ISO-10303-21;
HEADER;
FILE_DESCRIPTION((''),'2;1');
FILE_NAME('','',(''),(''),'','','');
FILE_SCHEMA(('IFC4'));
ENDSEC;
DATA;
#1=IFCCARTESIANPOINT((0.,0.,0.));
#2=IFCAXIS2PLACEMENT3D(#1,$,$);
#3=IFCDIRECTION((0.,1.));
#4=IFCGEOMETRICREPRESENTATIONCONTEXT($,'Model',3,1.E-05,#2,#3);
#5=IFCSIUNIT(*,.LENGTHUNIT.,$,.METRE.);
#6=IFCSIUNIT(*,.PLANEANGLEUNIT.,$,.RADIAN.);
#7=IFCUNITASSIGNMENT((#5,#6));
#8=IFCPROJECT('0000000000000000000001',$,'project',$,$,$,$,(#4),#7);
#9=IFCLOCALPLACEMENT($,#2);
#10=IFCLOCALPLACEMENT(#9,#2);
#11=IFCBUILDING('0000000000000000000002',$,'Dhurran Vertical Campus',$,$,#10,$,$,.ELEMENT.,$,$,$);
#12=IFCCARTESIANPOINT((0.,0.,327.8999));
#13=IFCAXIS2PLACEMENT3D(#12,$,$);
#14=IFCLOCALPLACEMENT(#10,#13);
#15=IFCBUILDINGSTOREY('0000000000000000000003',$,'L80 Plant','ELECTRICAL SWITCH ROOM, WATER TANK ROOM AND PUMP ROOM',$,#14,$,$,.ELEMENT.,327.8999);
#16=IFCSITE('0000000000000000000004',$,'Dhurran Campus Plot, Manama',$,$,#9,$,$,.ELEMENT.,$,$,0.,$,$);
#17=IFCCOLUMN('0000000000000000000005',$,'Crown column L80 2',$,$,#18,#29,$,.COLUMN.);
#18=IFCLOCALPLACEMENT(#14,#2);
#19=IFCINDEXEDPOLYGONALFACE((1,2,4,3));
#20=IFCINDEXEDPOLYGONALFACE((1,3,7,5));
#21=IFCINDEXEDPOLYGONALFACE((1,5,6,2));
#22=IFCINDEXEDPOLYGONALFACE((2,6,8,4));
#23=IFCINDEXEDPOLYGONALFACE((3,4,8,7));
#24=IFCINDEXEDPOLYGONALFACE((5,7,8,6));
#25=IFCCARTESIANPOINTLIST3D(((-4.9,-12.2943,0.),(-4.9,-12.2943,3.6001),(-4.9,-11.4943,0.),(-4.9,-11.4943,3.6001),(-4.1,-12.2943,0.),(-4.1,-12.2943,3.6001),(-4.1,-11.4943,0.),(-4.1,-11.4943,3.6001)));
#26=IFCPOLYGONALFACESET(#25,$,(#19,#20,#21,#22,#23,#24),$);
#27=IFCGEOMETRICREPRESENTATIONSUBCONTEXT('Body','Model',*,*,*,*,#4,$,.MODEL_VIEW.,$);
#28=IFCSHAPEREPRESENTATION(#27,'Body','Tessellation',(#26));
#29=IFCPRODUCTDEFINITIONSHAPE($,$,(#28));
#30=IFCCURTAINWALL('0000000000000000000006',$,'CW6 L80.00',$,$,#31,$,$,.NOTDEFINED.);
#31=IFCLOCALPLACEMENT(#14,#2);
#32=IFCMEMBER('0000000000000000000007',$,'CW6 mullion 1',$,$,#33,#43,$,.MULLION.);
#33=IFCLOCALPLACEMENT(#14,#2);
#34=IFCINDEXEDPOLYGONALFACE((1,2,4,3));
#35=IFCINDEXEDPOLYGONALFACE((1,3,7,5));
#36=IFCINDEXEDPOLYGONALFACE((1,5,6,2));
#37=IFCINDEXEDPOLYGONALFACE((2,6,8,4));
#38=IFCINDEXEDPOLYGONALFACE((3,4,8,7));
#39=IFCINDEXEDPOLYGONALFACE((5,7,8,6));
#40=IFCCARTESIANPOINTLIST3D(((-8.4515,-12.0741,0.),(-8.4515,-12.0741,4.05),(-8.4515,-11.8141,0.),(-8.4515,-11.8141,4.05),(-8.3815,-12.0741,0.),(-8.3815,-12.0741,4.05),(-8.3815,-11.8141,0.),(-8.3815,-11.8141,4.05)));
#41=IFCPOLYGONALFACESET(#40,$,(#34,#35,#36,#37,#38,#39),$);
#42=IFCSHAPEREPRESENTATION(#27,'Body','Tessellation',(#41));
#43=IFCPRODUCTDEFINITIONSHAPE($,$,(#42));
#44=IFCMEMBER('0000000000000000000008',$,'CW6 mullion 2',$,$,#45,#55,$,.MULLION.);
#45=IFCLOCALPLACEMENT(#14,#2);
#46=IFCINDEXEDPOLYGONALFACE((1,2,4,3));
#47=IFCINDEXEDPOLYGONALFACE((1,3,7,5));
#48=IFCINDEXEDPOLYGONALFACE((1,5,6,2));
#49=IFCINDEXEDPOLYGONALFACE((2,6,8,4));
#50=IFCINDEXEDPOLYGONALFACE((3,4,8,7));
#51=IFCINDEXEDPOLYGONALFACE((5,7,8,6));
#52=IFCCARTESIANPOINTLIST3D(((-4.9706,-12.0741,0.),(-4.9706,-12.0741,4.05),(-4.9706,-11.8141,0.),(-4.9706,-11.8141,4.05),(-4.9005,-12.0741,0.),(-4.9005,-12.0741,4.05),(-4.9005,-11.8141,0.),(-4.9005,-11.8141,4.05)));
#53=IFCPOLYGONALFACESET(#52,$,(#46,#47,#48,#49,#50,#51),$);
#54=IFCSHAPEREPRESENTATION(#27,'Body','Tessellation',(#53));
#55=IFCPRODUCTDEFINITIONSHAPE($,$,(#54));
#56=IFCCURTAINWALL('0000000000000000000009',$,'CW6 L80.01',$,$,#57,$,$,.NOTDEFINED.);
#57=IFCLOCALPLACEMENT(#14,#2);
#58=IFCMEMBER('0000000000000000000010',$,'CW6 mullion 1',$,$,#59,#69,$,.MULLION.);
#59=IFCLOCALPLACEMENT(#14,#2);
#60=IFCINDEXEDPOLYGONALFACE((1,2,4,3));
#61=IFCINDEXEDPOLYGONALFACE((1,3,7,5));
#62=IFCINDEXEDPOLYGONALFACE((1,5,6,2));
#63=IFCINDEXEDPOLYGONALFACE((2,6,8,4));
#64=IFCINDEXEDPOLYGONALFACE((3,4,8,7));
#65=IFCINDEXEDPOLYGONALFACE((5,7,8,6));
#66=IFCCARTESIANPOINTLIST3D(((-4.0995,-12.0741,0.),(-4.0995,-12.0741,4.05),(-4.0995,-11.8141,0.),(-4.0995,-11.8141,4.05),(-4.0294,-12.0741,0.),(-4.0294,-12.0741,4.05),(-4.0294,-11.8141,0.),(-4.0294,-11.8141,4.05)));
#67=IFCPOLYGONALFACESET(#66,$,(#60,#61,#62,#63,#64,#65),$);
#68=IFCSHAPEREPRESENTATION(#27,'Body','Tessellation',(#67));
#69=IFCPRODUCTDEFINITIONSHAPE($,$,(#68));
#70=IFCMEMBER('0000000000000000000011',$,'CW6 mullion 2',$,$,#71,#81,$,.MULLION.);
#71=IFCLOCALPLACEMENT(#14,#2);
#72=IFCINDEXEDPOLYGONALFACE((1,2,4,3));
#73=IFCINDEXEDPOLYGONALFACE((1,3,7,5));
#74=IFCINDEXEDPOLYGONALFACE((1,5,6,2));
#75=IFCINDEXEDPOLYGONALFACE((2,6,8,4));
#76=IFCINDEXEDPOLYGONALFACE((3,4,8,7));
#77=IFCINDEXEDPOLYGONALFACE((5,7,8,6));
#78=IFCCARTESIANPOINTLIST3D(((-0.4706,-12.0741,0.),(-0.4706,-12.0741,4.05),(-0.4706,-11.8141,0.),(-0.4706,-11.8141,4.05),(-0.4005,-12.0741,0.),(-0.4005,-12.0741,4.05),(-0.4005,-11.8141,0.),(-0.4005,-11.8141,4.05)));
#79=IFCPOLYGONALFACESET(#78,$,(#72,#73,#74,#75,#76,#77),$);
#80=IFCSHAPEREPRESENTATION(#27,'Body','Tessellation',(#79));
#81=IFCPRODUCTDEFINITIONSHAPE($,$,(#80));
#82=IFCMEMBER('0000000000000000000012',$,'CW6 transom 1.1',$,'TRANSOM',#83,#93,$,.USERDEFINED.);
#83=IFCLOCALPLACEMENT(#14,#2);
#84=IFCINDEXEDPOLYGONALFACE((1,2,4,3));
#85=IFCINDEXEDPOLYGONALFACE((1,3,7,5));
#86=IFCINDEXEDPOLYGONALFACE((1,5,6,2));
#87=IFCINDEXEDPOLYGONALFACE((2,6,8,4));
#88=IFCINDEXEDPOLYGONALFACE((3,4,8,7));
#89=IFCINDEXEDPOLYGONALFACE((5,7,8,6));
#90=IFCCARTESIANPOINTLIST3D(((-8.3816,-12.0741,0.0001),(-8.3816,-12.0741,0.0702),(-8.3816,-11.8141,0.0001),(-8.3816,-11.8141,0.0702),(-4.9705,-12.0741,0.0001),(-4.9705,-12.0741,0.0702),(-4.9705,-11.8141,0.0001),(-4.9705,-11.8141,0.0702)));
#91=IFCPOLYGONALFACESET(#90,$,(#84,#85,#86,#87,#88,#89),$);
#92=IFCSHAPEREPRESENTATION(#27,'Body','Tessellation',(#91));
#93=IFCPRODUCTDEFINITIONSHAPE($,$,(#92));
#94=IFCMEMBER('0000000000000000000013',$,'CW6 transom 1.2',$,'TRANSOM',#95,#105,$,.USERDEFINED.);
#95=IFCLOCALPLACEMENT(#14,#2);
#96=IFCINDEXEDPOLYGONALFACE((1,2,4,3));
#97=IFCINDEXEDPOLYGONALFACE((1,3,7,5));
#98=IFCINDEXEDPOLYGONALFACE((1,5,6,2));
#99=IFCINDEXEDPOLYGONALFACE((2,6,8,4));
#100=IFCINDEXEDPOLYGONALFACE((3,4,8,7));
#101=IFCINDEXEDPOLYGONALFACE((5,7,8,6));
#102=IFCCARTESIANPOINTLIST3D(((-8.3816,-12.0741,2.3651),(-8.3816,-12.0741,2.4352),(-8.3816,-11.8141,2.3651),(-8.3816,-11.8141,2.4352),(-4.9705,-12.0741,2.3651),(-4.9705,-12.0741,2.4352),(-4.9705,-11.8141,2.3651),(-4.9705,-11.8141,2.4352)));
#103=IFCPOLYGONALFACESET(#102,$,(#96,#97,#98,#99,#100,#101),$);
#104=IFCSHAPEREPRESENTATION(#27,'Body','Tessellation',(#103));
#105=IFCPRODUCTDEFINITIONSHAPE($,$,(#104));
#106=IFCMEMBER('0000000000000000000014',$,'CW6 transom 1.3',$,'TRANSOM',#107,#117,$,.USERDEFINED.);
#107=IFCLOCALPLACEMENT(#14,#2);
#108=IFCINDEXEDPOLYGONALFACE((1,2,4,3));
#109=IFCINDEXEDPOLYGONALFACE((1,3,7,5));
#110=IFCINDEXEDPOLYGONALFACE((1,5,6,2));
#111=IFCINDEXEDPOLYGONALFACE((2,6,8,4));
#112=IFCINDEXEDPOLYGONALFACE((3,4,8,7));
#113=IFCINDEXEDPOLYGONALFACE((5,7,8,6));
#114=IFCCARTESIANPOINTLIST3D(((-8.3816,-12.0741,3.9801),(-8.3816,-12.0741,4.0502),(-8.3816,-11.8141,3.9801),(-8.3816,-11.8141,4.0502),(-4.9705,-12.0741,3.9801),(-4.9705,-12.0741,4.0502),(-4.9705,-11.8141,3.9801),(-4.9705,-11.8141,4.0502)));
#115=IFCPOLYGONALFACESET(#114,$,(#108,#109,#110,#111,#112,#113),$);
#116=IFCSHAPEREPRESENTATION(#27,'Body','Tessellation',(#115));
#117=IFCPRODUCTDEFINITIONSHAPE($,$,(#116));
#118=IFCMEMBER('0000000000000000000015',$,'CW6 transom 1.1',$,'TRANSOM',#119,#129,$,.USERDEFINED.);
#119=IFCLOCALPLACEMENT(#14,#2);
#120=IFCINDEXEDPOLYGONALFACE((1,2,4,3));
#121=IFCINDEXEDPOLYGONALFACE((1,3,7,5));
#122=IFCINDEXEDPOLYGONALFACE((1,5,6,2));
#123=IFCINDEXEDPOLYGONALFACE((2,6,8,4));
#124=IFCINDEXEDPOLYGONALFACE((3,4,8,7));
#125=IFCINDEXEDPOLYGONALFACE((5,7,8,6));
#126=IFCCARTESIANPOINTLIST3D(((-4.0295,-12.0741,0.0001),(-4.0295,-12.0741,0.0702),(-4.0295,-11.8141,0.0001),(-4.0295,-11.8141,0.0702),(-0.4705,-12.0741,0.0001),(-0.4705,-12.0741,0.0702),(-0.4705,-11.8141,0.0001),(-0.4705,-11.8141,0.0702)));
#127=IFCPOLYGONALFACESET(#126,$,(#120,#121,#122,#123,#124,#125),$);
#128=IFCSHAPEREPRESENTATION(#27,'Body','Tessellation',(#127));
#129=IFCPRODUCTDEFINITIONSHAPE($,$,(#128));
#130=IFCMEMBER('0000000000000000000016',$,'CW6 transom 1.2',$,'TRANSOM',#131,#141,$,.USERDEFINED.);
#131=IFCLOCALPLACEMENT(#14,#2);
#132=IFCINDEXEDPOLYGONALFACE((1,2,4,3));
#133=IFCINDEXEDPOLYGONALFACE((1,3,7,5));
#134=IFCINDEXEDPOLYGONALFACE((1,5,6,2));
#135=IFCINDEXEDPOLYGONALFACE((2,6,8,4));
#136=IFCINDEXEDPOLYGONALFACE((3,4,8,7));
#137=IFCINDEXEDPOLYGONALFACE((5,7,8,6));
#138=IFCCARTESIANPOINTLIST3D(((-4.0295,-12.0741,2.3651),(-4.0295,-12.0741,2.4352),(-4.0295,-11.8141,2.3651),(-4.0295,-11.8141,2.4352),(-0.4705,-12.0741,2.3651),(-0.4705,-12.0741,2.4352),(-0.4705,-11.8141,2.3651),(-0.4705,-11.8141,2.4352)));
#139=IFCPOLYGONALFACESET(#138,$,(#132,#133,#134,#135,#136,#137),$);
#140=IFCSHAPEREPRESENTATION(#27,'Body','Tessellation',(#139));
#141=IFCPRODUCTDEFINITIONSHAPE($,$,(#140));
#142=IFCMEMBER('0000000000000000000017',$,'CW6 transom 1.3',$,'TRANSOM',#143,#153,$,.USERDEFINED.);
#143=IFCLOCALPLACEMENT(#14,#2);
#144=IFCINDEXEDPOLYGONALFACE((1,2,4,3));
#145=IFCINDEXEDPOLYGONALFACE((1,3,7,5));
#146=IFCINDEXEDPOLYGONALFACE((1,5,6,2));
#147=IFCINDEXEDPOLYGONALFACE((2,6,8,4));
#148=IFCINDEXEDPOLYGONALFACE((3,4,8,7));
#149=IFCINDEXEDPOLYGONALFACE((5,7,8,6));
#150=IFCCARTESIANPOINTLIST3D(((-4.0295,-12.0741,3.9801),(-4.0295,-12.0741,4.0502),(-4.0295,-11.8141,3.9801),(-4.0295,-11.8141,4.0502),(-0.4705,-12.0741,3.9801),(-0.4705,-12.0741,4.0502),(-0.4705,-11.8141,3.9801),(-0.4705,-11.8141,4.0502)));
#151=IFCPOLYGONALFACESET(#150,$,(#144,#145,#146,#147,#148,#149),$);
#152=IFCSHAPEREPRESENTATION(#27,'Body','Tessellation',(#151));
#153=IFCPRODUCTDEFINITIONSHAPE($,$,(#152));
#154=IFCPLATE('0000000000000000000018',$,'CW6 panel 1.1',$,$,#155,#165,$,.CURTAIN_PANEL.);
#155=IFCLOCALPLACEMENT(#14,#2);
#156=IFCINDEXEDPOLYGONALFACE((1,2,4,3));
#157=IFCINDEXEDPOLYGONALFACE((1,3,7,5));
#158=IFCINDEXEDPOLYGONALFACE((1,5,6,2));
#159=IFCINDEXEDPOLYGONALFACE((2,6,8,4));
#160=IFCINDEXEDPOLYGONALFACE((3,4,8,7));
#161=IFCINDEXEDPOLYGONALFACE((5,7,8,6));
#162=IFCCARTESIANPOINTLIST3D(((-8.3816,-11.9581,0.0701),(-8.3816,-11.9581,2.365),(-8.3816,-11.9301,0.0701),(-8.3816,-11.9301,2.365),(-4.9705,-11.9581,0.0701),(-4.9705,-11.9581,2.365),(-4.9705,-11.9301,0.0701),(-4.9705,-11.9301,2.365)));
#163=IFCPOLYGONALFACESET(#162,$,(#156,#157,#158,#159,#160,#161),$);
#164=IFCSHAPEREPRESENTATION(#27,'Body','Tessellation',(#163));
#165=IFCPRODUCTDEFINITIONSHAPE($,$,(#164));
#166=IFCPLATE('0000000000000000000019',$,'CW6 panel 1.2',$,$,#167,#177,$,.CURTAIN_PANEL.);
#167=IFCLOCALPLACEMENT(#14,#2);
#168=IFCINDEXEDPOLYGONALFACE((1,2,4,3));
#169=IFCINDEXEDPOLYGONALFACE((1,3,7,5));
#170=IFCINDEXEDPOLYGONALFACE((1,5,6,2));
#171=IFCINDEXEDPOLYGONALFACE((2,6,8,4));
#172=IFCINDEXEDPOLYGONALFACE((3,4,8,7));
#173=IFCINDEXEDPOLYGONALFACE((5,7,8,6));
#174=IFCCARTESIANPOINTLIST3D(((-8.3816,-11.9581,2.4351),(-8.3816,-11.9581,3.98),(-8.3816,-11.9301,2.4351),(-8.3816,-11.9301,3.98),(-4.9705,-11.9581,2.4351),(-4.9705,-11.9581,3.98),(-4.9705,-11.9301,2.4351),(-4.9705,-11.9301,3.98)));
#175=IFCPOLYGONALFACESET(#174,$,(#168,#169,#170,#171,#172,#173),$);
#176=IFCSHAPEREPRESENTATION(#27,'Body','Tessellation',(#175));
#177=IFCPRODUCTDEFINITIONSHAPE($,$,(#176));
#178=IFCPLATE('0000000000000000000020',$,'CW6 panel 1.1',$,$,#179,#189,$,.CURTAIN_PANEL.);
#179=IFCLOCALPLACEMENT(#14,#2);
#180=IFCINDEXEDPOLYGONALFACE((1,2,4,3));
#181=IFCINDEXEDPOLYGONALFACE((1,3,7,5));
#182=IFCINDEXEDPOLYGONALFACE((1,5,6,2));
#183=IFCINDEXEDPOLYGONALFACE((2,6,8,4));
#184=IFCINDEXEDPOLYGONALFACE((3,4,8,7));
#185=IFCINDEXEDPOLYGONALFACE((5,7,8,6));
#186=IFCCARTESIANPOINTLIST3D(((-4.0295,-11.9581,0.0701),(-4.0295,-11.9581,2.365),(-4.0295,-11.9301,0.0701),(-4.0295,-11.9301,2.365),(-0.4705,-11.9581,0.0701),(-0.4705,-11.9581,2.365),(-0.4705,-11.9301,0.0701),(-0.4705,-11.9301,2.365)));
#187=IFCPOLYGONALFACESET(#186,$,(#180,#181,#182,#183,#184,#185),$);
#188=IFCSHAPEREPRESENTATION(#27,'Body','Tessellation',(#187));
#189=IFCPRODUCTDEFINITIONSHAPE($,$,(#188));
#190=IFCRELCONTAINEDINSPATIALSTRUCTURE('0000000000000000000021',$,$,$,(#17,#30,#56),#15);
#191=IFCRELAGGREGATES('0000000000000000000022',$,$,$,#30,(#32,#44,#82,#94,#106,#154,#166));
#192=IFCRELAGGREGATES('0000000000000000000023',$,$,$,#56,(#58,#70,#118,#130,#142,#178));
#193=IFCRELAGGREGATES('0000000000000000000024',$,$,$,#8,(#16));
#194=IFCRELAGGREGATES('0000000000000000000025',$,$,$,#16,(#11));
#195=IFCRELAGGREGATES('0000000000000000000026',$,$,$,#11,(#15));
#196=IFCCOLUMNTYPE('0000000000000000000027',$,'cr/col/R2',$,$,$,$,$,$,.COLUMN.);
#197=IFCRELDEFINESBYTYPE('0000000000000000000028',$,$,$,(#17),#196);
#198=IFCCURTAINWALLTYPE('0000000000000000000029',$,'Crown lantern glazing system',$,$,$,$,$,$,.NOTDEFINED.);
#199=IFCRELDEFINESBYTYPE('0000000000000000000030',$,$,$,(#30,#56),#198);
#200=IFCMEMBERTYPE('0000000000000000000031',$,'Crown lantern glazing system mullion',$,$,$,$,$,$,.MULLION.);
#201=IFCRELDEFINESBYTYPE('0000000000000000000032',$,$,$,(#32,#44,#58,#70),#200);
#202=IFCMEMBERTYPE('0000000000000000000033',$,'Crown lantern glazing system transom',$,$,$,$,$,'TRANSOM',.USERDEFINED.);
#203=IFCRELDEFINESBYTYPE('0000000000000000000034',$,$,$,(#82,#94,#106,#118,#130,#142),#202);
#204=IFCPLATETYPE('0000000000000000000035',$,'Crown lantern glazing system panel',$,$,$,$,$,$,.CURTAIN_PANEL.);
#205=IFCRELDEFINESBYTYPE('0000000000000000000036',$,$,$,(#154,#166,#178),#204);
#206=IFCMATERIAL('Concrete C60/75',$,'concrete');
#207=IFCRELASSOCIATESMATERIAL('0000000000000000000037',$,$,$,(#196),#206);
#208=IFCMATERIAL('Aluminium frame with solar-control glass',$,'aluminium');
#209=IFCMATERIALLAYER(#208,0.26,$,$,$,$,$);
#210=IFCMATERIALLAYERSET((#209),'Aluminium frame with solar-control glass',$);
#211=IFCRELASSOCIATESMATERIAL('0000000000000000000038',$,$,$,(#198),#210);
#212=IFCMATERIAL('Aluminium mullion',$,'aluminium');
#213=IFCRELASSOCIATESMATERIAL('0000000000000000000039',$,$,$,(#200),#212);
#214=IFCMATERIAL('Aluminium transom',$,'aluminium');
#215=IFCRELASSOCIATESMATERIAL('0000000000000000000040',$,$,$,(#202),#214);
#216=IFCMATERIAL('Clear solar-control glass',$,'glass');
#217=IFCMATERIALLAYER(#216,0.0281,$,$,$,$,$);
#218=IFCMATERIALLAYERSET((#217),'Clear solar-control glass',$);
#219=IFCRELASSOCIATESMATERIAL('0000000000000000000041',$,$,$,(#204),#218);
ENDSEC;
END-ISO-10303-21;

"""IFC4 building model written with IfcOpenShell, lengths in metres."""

from ifc_helpers import new_model, si_unit, direction, frame, origin, origin_2d, place, context, subcontext, project, spatial, rectangle, extrude, material, layer, layer_set, material_profile, profile_set, type_object, element, aggregate, save


model = new_model("IFC4")

# Units and contexts
model_context = context("Model", 3, precision=1e-05, world=origin(), true_north=direction((0.0, 1.0)))
body_context = subcontext(model_context, "Body", "Model", "MODEL_VIEW")
ifc_project = project(units=[si_unit("LENGTHUNIT", "METRE"), si_unit("PLANEANGLEUNIT", "RADIAN")], contexts=[model_context])

# Site, building, storey
site_placement = place(None, origin())
site = spatial("IfcSite", under=ifc_project, at=site_placement, Name="Dhurran Campus Plot, Manama", CompositionType="ELEMENT", RefElevation=0.0)
building_placement = place(site_placement, origin())
building = spatial("IfcBuilding", under=site, at=building_placement, Name="Dhurran Vertical Campus", CompositionType="ELEMENT")
storey_placement = place(building_placement, frame((0.0, 0.0, 327.8999)))
storey = spatial("IfcBuildingStorey", under=building, at=storey_placement, Name="L80 Plant", Description="ELECTRICAL SWITCH ROOM, WATER TANK ROOM AND PUMP ROOM", CompositionType="ELEMENT", Elevation=327.8999)

# Column
ifc_material_1 = material(Name="Concrete C60/75", Category="concrete")
ifc_material_profile_1 = material_profile(ifc_material_1, rectangle(XDim=0.8, YDim=0.8, at=origin_2d()), Name="cr/col/R2")
ifc_profile_set_1 = profile_set([ifc_material_profile_1], Name="Concrete C60/75")
column_type = type_object("IfcColumnType", Name="cr/col/R2", PredefinedType="COLUMN", material=ifc_profile_set_1)
column_placement = place(storey_placement, frame((-4.5, -11.8943, 0.0), z_axis=(0.0, 0.0, 1.0), x_axis=(1.0, 0.0, 0.0)))
element("IfcColumn", 1, at=column_placement, inside=storey, type_object=column_type, Name="Crown column L80 2", PredefinedType="COLUMN", context=body_context, shape_type="SweptSolid", body=[
    extrude(rectangle(XDim=0.8, YDim=0.8, at=origin_2d()), origin(), (0.0, 0.0, 1.0), 3.6001),
])

# Curtain walls, members
ifc_material_2 = material(Name="Aluminium frame with solar-control glass", Category="aluminium")
ifc_layer_1 = layer(ifc_material_2, 0.26)
ifc_layer_set_1 = layer_set([ifc_layer_1], Name="Aluminium frame with solar-control glass")
curtain_wall_type = type_object("IfcCurtainWallType", Name="Crown lantern glazing system", PredefinedType="NOTDEFINED", material=ifc_layer_set_1)
curtain_wall_1_placement = place(storey_placement, origin())
curtain_wall_1 = element("IfcCurtainWall", 2, at=curtain_wall_1_placement, inside=storey, type_object=curtain_wall_type, Name="CW6 L80.00", PredefinedType="NOTDEFINED")
ifc_material_3 = material(Name="Aluminium mullion", Category="aluminium")
ifc_material_profile_2 = material_profile(ifc_material_3, rectangle(XDim=0.26, YDim=0.0701, at=origin_2d()), Name="Crown lantern glazing system mullion")
ifc_profile_set_2 = profile_set([ifc_material_profile_2], Name="Aluminium mullion")
member_type_1 = type_object("IfcMemberType", Name="Crown lantern glazing system mullion", PredefinedType="MULLION", material=ifc_profile_set_2)
member_1_placement = place(storey_placement, frame((-8.4165, -11.9441, 0.0), z_axis=(0.0, 0.0, 1.0), x_axis=(0.0, 1.0, 0.0)))
member_1 = element("IfcMember", 3, at=member_1_placement, type_object=member_type_1, Name="CW6 mullion 1", PredefinedType="MULLION", context=body_context, shape_type="SweptSolid", body=[
    extrude(rectangle(XDim=0.26, YDim=0.0701, at=origin_2d()), origin(), (0.0, 0.0, 1.0), 4.05),
])
member_2_placement = place(storey_placement, frame((-4.9355, -11.9441, 0.0), z_axis=(0.0, 0.0, 1.0), x_axis=(0.0, 1.0, 0.0)))
member_2 = element("IfcMember", 4, at=member_2_placement, type_object=member_type_1, Name="CW6 mullion 2", PredefinedType="MULLION", context=body_context, shape_type="SweptSolid", body=[
    extrude(rectangle(XDim=0.26, YDim=0.0701, at=origin_2d()), origin(), (0.0, 0.0, 1.0), 4.05),
])
curtain_wall_2_placement = place(storey_placement, origin())
curtain_wall_2 = element("IfcCurtainWall", 5, at=curtain_wall_2_placement, inside=storey, type_object=curtain_wall_type, Name="CW6 L80.01", PredefinedType="NOTDEFINED")
member_3_placement = place(storey_placement, frame((-4.0645, -11.9441, 0.0), z_axis=(0.0, 0.0, 1.0), x_axis=(0.0, 1.0, 0.0)))
member_3 = element("IfcMember", 6, at=member_3_placement, type_object=member_type_1, Name="CW6 mullion 1", PredefinedType="MULLION", context=body_context, shape_type="SweptSolid", body=[
    extrude(rectangle(XDim=0.26, YDim=0.0701, at=origin_2d()), origin(), (0.0, 0.0, 1.0), 4.05),
])
member_4_placement = place(storey_placement, frame((-0.4355, -11.9441, 0.0), z_axis=(0.0, 0.0, 1.0), x_axis=(0.0, 1.0, 0.0)))
member_4 = element("IfcMember", 7, at=member_4_placement, type_object=member_type_1, Name="CW6 mullion 2", PredefinedType="MULLION", context=body_context, shape_type="SweptSolid", body=[
    extrude(rectangle(XDim=0.26, YDim=0.0701, at=origin_2d()), origin(), (0.0, 0.0, 1.0), 4.05),
])

# Members
ifc_material_4 = material(Name="Aluminium transom", Category="aluminium")
ifc_material_profile_3 = material_profile(ifc_material_4, rectangle(XDim=0.26, YDim=0.0701, at=origin_2d()), Name="Crown lantern glazing system transom")
ifc_profile_set_3 = profile_set([ifc_material_profile_3], Name="Aluminium transom")
member_type_2 = type_object("IfcMemberType", Name="Crown lantern glazing system transom", ElementType="TRANSOM", PredefinedType="USERDEFINED", material=ifc_profile_set_3)
member_5_placement = place(storey_placement, frame((-8.3816, -11.9441, 0.0352), z_axis=(1.0, 0.0, 0.0), x_axis=(0.0, 1.0, 0.0)))
member_5 = element("IfcMember", 8, at=member_5_placement, type_object=member_type_2, Name="CW6 transom 1.1", ObjectType="TRANSOM", PredefinedType="USERDEFINED", context=body_context, shape_type="SweptSolid", body=[
    extrude(rectangle(XDim=0.26, YDim=0.0701, at=origin_2d()), origin(), (0.0, 0.0, 1.0), 3.4111),
])
member_6_placement = place(storey_placement, frame((-8.3816, -11.9441, 2.4001), z_axis=(1.0, 0.0, 0.0), x_axis=(0.0, 1.0, 0.0)))
member_6 = element("IfcMember", 9, at=member_6_placement, type_object=member_type_2, Name="CW6 transom 1.2", ObjectType="TRANSOM", PredefinedType="USERDEFINED", context=body_context, shape_type="SweptSolid", body=[
    extrude(rectangle(XDim=0.26, YDim=0.0701, at=origin_2d()), origin(), (0.0, 0.0, 1.0), 3.4111),
])
member_7_placement = place(storey_placement, frame((-8.3816, -11.9441, 4.0151), z_axis=(1.0, 0.0, 0.0), x_axis=(0.0, 1.0, 0.0)))
member_7 = element("IfcMember", 10, at=member_7_placement, type_object=member_type_2, Name="CW6 transom 1.3", ObjectType="TRANSOM", PredefinedType="USERDEFINED", context=body_context, shape_type="SweptSolid", body=[
    extrude(rectangle(XDim=0.26, YDim=0.0701, at=origin_2d()), origin(), (0.0, 0.0, 1.0), 3.4111),
])
member_8_placement = place(storey_placement, frame((-4.0295, -11.9441, 0.0352), z_axis=(1.0, 0.0, 0.0), x_axis=(0.0, 1.0, 0.0)))
member_8 = element("IfcMember", 11, at=member_8_placement, type_object=member_type_2, Name="CW6 transom 1.1", ObjectType="TRANSOM", PredefinedType="USERDEFINED", context=body_context, shape_type="SweptSolid", body=[
    extrude(rectangle(XDim=0.26, YDim=0.0701, at=origin_2d()), origin(), (0.0, 0.0, 1.0), 3.5591),
])
member_9_placement = place(storey_placement, frame((-4.0295, -11.9441, 2.4001), z_axis=(1.0, 0.0, 0.0), x_axis=(0.0, 1.0, 0.0)))
member_9 = element("IfcMember", 12, at=member_9_placement, type_object=member_type_2, Name="CW6 transom 1.2", ObjectType="TRANSOM", PredefinedType="USERDEFINED", context=body_context, shape_type="SweptSolid", body=[
    extrude(rectangle(XDim=0.26, YDim=0.0701, at=origin_2d()), origin(), (0.0, 0.0, 1.0), 3.5591),
])
member_10_placement = place(storey_placement, frame((-4.0295, -11.9441, 4.0151), z_axis=(1.0, 0.0, 0.0), x_axis=(0.0, 1.0, 0.0)))
member_10 = element("IfcMember", 13, at=member_10_placement, type_object=member_type_2, Name="CW6 transom 1.3", ObjectType="TRANSOM", PredefinedType="USERDEFINED", context=body_context, shape_type="SweptSolid", body=[
    extrude(rectangle(XDim=0.26, YDim=0.0701, at=origin_2d()), origin(), (0.0, 0.0, 1.0), 3.5591),
])

# Plates
ifc_material_5 = material(Name="Clear solar-control glass", Category="glass")
ifc_layer_2 = layer(ifc_material_5, 0.0281)
ifc_layer_set_2 = layer_set([ifc_layer_2], Name="Clear solar-control glass")
plate_type = type_object("IfcPlateType", Name="Crown lantern glazing system panel", PredefinedType="CURTAIN_PANEL", material=ifc_layer_set_2)
plate_1_placement = place(storey_placement, frame((-6.676, -11.9441, 0.0701), z_axis=(0.0, 0.0, 1.0), x_axis=(1.0, 0.0, 0.0)))
plate_1 = element("IfcPlate", 14, at=plate_1_placement, type_object=plate_type, Name="CW6 panel 1.1", PredefinedType="CURTAIN_PANEL", context=body_context, shape_type="SweptSolid", body=[
    extrude(rectangle(XDim=3.4111, YDim=0.0281, at=origin_2d()), origin(), (0.0, 0.0, 1.0), 2.2949),
])
plate_2_placement = place(storey_placement, frame((-6.676, -11.9441, 2.4351), z_axis=(0.0, 0.0, 1.0), x_axis=(1.0, 0.0, 0.0)))
plate_2 = element("IfcPlate", 15, at=plate_2_placement, type_object=plate_type, Name="CW6 panel 1.2", PredefinedType="CURTAIN_PANEL", context=body_context, shape_type="SweptSolid", body=[
    extrude(rectangle(XDim=3.4111, YDim=0.0281, at=origin_2d()), origin(), (0.0, 0.0, 1.0), 1.5449),
])
aggregate(curtain_wall_1, [member_1, member_2, member_5, member_6, member_7, plate_1, plate_2])
plate_3_placement = place(storey_placement, frame((-2.25, -11.9441, 0.0701), z_axis=(0.0, 0.0, 1.0), x_axis=(1.0, 0.0, 0.0)))
plate_3 = element("IfcPlate", 16, at=plate_3_placement, type_object=plate_type, Name="CW6 panel 1.1", PredefinedType="CURTAIN_PANEL", context=body_context, shape_type="SweptSolid", body=[
    extrude(rectangle(XDim=3.5591, YDim=0.0281, at=origin_2d()), origin(), (0.0, 0.0, 1.0), 2.2949),
])
aggregate(curtain_wall_2, [member_3, member_4, member_8, member_9, member_10, plate_3])

save(model, "model.ifc")
